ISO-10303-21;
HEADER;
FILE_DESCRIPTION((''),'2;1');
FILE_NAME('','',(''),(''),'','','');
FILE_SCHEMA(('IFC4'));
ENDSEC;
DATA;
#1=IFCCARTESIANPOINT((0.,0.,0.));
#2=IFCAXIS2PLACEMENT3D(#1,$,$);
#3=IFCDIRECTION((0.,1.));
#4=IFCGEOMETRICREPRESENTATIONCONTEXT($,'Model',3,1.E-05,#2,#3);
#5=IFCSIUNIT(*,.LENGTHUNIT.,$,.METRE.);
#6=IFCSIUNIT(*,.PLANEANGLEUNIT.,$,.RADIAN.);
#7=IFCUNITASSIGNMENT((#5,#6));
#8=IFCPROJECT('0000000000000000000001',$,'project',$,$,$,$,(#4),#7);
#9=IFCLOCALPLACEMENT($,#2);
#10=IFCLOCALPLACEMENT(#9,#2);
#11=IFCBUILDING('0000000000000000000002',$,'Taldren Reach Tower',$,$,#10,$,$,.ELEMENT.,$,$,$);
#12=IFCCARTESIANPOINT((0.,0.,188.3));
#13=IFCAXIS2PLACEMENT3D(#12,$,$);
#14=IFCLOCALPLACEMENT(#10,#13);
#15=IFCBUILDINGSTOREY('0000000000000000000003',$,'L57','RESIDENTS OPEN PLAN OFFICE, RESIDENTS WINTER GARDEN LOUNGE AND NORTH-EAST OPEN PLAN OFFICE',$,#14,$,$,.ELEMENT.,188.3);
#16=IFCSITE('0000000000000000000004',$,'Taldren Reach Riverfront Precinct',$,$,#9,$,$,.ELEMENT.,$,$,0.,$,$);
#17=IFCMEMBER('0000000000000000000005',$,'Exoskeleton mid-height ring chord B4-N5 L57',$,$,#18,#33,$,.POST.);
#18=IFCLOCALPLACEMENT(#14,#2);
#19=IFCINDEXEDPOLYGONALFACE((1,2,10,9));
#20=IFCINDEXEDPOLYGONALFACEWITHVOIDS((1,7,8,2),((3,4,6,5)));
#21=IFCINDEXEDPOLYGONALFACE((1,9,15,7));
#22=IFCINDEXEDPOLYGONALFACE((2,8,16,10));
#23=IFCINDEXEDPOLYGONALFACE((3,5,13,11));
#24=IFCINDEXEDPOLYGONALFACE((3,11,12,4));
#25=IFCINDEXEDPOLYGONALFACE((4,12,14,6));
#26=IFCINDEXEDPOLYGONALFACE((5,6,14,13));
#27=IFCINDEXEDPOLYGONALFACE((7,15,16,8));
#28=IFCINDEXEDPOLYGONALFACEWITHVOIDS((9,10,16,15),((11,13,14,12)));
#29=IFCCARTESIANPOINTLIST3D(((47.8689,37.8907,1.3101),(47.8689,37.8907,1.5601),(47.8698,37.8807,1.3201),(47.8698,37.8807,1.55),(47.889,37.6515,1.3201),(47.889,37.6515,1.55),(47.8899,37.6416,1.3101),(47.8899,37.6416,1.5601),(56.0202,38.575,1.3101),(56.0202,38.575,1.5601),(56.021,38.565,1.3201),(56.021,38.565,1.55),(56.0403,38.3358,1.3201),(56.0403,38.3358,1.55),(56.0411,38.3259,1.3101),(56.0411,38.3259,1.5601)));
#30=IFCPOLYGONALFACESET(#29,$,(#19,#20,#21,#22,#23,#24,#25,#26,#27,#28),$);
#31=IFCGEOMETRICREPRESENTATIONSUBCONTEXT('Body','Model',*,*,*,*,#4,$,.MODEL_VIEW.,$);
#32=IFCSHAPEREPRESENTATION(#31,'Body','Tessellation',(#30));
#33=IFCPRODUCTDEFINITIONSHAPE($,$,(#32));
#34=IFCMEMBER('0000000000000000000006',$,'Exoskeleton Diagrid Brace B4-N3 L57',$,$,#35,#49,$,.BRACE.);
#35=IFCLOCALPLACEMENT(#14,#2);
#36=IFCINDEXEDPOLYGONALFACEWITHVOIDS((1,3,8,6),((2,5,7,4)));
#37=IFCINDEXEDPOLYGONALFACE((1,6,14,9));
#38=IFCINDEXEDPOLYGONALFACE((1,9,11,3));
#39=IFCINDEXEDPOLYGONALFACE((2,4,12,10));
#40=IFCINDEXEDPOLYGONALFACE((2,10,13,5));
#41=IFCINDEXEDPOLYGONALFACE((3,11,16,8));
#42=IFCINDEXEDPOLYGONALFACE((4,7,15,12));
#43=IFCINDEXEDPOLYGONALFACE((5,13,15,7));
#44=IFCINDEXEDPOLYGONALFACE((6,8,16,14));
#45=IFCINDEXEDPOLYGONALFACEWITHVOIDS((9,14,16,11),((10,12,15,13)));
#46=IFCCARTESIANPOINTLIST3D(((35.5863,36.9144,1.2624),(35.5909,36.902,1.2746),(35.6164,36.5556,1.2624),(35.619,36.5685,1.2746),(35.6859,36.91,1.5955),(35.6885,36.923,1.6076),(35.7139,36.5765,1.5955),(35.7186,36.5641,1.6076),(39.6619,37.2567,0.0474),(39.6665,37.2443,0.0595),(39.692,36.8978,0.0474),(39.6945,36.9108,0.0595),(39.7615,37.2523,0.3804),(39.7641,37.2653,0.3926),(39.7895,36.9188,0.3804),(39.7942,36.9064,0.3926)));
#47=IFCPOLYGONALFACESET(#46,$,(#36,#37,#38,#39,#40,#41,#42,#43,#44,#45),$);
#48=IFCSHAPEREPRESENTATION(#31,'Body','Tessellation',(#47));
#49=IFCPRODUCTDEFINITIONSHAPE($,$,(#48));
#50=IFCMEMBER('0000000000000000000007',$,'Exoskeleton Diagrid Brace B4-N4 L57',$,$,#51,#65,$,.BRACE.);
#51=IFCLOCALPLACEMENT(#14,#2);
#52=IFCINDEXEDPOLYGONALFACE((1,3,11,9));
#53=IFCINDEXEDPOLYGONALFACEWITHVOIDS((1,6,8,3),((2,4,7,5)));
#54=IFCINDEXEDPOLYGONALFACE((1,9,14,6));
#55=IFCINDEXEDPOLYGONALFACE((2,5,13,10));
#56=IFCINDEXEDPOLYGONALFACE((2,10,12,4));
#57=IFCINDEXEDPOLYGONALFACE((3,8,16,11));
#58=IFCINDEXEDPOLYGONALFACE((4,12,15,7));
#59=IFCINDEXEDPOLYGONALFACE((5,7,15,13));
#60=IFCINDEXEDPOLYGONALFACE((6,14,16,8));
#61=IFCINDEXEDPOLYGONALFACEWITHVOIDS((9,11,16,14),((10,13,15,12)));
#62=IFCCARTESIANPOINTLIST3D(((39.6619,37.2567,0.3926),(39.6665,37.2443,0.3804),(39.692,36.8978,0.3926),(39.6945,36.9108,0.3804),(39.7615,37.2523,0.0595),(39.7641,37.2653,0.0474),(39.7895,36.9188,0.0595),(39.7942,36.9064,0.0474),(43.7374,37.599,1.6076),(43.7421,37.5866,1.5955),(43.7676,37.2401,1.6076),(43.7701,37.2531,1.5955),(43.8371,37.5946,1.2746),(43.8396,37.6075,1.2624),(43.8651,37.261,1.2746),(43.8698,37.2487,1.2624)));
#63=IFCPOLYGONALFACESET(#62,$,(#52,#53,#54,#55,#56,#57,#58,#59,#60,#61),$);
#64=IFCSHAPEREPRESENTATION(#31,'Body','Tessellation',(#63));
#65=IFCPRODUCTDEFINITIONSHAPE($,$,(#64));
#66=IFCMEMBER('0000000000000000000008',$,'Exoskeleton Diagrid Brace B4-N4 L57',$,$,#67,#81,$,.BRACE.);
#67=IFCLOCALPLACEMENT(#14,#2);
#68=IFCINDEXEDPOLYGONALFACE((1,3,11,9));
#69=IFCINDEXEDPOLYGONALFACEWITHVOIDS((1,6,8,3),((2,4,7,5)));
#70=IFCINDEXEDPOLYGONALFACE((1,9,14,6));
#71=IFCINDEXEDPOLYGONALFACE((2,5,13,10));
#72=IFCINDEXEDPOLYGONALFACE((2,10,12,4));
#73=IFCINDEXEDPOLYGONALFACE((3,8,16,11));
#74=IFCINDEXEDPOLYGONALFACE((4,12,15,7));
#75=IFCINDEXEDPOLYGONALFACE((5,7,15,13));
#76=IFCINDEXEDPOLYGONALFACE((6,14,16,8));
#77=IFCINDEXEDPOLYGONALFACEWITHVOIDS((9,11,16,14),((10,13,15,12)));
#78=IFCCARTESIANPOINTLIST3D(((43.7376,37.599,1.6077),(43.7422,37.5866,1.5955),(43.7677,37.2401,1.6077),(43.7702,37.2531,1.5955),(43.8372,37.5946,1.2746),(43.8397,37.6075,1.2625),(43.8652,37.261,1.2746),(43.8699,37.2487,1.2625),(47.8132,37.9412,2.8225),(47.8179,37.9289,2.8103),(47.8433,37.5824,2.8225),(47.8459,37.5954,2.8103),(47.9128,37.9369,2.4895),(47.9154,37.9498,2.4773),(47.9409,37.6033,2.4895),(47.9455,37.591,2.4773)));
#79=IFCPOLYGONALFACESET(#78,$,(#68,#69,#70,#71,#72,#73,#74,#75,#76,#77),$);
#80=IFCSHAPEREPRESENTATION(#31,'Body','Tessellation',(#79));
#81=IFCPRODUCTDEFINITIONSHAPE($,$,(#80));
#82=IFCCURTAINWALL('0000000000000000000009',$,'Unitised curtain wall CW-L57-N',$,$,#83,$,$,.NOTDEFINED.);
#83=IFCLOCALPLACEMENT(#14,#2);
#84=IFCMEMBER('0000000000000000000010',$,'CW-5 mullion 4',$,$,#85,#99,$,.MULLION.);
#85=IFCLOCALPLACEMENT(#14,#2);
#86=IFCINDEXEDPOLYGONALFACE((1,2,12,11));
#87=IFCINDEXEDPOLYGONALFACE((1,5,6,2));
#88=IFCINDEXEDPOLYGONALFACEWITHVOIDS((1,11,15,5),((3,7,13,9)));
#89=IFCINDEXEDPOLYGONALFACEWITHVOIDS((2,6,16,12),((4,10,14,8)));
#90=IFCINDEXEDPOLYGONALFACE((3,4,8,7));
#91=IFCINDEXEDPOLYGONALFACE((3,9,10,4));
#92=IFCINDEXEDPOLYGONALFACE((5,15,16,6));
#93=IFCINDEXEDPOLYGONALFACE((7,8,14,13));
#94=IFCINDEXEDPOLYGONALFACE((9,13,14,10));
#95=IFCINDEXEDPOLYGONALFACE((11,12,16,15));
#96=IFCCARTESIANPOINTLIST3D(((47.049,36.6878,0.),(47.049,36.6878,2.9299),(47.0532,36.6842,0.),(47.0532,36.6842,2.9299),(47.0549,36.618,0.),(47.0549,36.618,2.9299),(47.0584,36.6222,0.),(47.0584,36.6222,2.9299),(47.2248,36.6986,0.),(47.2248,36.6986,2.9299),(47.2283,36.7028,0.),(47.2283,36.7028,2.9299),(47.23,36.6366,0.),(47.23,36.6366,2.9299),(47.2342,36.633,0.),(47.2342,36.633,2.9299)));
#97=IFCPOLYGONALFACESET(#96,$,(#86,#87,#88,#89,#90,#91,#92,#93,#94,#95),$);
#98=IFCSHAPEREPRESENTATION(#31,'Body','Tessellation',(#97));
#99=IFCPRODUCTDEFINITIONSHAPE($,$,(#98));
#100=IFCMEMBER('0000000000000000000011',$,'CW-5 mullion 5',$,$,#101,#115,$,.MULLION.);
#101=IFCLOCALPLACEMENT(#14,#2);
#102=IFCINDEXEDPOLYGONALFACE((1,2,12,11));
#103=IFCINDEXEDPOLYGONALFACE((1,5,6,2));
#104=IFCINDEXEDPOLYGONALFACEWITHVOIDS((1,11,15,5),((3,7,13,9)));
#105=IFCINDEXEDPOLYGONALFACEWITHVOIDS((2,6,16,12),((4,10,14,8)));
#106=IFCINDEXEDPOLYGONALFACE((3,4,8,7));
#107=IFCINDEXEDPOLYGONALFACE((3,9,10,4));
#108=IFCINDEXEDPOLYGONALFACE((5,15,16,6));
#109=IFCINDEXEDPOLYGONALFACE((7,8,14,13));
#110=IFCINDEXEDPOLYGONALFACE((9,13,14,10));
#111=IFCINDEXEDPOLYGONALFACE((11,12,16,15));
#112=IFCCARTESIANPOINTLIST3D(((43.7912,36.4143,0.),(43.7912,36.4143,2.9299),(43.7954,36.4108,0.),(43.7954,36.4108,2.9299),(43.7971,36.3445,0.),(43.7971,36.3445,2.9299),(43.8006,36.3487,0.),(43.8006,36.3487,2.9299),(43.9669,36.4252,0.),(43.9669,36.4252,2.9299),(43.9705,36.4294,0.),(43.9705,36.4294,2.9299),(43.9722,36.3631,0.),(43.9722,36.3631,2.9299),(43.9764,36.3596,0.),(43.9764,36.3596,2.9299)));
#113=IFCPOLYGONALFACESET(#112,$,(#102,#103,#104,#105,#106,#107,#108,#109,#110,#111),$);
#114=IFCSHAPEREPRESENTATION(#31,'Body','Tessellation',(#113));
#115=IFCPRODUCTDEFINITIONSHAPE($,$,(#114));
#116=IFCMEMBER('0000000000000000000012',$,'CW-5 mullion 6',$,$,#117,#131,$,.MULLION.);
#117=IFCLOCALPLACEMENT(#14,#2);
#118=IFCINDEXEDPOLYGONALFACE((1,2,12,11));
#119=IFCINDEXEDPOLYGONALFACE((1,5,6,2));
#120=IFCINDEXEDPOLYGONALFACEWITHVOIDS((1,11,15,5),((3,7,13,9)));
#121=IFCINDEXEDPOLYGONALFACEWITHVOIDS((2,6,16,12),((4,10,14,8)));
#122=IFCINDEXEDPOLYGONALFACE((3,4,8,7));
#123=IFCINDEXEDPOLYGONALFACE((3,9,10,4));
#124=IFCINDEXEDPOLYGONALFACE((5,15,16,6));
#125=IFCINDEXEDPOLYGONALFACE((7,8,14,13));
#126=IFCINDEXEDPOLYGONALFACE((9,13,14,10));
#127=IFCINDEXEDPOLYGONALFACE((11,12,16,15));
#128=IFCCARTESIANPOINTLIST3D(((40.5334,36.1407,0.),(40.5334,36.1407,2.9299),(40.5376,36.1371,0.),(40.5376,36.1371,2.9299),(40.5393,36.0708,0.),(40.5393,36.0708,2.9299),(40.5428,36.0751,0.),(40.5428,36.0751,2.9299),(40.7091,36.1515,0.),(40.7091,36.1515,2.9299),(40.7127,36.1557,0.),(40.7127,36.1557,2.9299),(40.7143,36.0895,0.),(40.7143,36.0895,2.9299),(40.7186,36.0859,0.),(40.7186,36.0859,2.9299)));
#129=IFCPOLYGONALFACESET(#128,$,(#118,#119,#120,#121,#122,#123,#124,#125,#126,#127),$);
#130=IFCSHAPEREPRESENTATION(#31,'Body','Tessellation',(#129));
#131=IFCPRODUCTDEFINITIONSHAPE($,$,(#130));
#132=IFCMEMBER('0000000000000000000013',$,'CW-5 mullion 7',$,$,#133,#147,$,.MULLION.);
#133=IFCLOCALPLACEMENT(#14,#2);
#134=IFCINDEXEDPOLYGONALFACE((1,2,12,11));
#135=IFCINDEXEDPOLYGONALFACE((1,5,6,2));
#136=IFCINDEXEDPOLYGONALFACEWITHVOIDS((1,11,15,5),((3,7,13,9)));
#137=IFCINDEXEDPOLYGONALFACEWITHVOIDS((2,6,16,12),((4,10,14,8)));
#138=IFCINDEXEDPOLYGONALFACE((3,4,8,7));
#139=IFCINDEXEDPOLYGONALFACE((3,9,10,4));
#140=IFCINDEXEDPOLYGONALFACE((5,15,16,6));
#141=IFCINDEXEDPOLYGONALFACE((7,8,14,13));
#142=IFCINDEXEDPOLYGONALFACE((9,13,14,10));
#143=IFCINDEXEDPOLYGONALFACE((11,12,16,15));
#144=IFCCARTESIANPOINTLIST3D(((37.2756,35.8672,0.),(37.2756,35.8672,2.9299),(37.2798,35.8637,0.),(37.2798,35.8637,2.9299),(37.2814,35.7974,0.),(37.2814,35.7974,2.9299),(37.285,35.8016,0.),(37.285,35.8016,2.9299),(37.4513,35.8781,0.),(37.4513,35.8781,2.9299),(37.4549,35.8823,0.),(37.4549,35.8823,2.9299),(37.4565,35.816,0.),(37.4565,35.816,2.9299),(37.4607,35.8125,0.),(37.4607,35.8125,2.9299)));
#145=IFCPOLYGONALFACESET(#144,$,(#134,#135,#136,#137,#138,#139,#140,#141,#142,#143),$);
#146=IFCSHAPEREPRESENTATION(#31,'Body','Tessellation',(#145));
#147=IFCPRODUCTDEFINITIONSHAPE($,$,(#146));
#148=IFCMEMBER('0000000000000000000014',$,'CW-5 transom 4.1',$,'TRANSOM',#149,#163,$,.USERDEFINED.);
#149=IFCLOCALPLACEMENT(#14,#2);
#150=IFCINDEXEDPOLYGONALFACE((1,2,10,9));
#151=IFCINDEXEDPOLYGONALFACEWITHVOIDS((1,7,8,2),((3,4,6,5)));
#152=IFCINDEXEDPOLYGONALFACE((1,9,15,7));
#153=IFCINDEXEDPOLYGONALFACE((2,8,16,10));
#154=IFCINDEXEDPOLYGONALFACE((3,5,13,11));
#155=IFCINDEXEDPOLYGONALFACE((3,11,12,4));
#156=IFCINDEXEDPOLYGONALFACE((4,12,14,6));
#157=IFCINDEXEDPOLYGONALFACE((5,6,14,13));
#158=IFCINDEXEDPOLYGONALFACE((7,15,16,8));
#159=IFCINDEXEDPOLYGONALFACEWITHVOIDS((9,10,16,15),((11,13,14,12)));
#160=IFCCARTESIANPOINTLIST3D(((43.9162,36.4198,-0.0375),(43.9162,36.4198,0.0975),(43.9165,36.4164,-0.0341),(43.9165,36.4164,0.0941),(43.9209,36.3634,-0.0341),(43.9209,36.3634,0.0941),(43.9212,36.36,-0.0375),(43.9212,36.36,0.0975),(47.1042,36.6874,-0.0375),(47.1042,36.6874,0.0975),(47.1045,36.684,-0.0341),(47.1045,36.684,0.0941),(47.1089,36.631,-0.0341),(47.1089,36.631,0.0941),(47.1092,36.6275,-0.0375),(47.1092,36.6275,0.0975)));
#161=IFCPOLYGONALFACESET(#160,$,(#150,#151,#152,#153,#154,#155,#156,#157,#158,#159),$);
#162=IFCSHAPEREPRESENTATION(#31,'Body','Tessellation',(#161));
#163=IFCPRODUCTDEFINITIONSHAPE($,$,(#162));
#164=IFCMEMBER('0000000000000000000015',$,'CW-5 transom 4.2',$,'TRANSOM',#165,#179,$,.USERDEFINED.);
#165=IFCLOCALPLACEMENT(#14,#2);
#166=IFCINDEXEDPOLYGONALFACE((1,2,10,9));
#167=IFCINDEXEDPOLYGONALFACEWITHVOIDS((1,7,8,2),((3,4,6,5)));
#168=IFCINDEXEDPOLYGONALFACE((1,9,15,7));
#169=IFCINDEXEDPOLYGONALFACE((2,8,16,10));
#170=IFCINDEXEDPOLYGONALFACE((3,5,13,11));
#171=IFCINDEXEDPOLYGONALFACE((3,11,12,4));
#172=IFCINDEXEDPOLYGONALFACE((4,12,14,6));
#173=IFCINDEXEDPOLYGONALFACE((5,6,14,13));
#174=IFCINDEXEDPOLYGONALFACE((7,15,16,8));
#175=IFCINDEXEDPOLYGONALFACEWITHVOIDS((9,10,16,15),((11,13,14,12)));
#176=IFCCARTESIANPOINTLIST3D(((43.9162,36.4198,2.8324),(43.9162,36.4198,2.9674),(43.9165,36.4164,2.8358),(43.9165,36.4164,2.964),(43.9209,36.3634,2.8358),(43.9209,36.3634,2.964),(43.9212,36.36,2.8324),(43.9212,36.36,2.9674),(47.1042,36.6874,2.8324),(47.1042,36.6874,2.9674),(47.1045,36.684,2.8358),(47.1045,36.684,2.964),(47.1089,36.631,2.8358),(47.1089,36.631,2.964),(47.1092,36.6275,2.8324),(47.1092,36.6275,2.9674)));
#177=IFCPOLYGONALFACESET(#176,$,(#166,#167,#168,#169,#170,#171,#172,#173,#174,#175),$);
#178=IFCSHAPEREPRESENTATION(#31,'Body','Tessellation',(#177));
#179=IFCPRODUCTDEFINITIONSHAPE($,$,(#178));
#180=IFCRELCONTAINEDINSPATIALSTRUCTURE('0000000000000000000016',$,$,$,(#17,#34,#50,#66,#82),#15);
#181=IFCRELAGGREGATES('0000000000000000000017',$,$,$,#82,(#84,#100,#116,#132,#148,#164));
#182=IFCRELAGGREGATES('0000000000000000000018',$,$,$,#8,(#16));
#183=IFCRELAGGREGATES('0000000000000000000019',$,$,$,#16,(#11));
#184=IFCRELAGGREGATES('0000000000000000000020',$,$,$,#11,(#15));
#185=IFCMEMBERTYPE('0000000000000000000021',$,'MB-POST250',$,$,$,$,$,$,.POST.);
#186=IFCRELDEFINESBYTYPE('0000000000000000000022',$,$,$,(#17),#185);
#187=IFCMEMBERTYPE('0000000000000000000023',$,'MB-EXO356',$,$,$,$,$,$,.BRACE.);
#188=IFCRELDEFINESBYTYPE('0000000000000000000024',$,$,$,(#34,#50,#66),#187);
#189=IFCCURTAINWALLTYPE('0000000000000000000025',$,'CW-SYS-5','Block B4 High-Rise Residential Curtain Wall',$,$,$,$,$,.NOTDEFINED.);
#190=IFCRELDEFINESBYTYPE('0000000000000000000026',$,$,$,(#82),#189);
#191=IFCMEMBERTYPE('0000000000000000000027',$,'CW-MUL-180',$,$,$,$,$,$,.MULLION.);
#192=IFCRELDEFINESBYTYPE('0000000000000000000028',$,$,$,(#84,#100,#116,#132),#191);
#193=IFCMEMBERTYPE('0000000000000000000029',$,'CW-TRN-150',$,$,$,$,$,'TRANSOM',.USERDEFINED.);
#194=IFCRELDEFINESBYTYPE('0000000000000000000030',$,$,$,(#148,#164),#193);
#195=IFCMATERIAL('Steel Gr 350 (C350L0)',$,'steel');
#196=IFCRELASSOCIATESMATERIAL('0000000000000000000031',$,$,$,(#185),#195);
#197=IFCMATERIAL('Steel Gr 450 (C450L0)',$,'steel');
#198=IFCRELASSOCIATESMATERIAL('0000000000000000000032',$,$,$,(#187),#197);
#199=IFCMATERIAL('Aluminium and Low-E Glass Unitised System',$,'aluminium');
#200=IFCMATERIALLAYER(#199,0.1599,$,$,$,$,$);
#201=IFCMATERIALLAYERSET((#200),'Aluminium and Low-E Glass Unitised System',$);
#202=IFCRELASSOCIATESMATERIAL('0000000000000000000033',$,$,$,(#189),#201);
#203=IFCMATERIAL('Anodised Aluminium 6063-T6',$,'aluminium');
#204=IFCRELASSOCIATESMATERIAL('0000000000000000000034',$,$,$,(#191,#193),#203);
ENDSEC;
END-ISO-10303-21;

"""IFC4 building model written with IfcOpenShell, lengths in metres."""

from ifc_helpers import new_model, si_unit, direction, frame, origin, origin_2d, place, context, subcontext, project, spatial, hollow_rectangle, extrude, source, transform, mapped, material, layer, layer_set, material_profile, profile_set, type_object, element, aggregate, save


model = new_model("IFC4")

# Units and contexts
model_context = context("Model", 3, precision=1e-05, world=origin(), true_north=direction((0.0, 1.0)))
body_context = subcontext(model_context, "Body", "Model", "MODEL_VIEW")
ifc_project = project(units=[si_unit("LENGTHUNIT", "METRE"), si_unit("PLANEANGLEUNIT", "RADIAN")], contexts=[model_context])

# Site, building, storey
site_placement = place(None, origin())
site = spatial("IfcSite", under=ifc_project, at=site_placement, Name="Taldren Reach Riverfront Precinct", CompositionType="ELEMENT", RefElevation=0.0)
building_placement = place(site_placement, origin())
building = spatial("IfcBuilding", under=site, at=building_placement, Name="Taldren Reach Tower", CompositionType="ELEMENT")
storey_placement = place(building_placement, frame((0.0, 0.0, 188.3)))
storey = spatial("IfcBuildingStorey", under=building, at=storey_placement, Name="L57", Description="RESIDENTS OPEN PLAN OFFICE, RESIDENTS WINTER GARDEN LOUNGE AND NORTH-EAST OPEN PLAN OFFICE", CompositionType="ELEMENT", Elevation=188.3)

# Shared definitions
ifc_material_1 = material(Name="Steel Gr 350 (C350L0)", Category="steel")
ifc_material_profile_1 = material_profile(ifc_material_1, hollow_rectangle(XDim=0.25, YDim=0.25, WallThickness=0.01, at=origin_2d()), Name="250x250x10.0SHS")
ifc_profile_set_1 = profile_set([ifc_material_profile_1], Name="Steel Gr 350 (C350L0)")
member_type_1 = type_object("IfcMemberType", Name="MB-POST250", PredefinedType="POST", material=ifc_profile_set_1)

# Members
ifc_material_2 = material(Name="Steel Gr 450 (C450L0)", Category="steel")
shared_shape_1 = source(origin(), body_context, "Body", "SweptSolid", [
    extrude(hollow_rectangle(XDim=0.25, YDim=0.25, WallThickness=0.01, at=origin_2d()), origin(), (0.0, 0.0, 1.0), 8.1799),
])
member_1_placement = place(storey_placement, frame((47.8794, 37.7661, 1.4351), z_axis=(0.996495, 0.083658, 0.0), x_axis=(-0.083658, 0.996495, 0.0)))
element("IfcMember", 1, at=member_1_placement, inside=storey, type_object=member_type_1, Name="Exoskeleton mid-height ring chord B4-N5 L57", PredefinedType="POST", context=body_context, shape_type="MappedRepresentation", body=[
    mapped(shared_shape_1, transform((0.0, 0.0, 0.0), scale=1.0)),
])
ifc_material_profile_2 = material_profile(ifc_material_2, hollow_rectangle(XDim=0.3601, YDim=0.3601, WallThickness=0.0127, at=origin_2d()), Name="360x360x12.7SHS")
ifc_profile_set_2 = profile_set([ifc_material_profile_2], Name="Steel Gr 450 (C450L0)")
member_type_2 = type_object("IfcMemberType", Name="MB-EXO356", PredefinedType="BRACE", material=ifc_profile_set_2)
shared_shape_2 = source(origin(), body_context, "Body", "SweptSolid", [
    extrude(hollow_rectangle(XDim=0.3601, YDim=0.3601, WallThickness=0.0127, at=origin_2d()), origin(), (0.0, 0.0, 1.0), 4.2666),
])
for number, where, z_axis, x_axis, name in (
    (2, (39.728, 37.0815, 0.22), (-0.955229, -0.080222, 0.284783), (0.083688, -0.996492, 0.0), "Exoskeleton Diagrid Brace B4-N3 L57"),
    (3, (39.728, 37.0815, 0.22), (0.955229, 0.080222, 0.284783), (-0.083688, 0.996492, 0.0), "Exoskeleton Diagrid Brace B4-N4 L57"),
    (4, (43.8037, 37.4238, 1.4351), (0.955245, 0.080224, 0.284731), (-0.083688, 0.996492, 0.0), "Exoskeleton Diagrid Brace B4-N4 L57"),
):
    element("IfcMember", number, at=place(storey_placement, frame(where, z_axis=z_axis, x_axis=x_axis)), inside=storey, type_object=member_type_2, Name=name, PredefinedType="BRACE", context=body_context, shape_type="MappedRepresentation", body=[
        mapped(shared_shape_2, transform((0.0, 0.0, 0.0), scale=1.0)),
    ])

# Curtain wall, members
ifc_material_3 = material(Name="Aluminium and Low-E Glass Unitised System", Category="aluminium")
ifc_layer_1 = layer(ifc_material_3, 0.1599)
ifc_layer_set_1 = layer_set([ifc_layer_1], Name="Aluminium and Low-E Glass Unitised System")
curtain_wall_type = type_object("IfcCurtainWallType", Name="CW-SYS-5", Description="Block B4 High-Rise Residential Curtain Wall", PredefinedType="NOTDEFINED", material=ifc_layer_set_1)
curtain_wall_placement = place(storey_placement, origin())
curtain_wall = element("IfcCurtainWall", 5, at=curtain_wall_placement, inside=storey, type_object=curtain_wall_type, Name="Unitised curtain wall CW-L57-N", PredefinedType="NOTDEFINED")
ifc_material_4 = material(Name="Anodised Aluminium 6063-T6", Category="aluminium")
ifc_material_profile_3 = material_profile(ifc_material_4, hollow_rectangle(XDim=0.0701, YDim=0.1799, WallThickness=0.0039, at=origin_2d()), Name="ALU-180x70x4RHS")
ifc_profile_set_3 = profile_set([ifc_material_profile_3], Name="Anodised Aluminium 6063-T6")
member_type_3 = type_object("IfcMemberType", Name="CW-MUL-180", PredefinedType="MULLION", material=ifc_profile_set_3)
shared_shape_3 = source(origin(), body_context, "Body", "SweptSolid", [
    extrude(hollow_rectangle(XDim=0.0701, YDim=0.1799, WallThickness=0.0039, at=origin_2d()), origin(), (0.0, 0.0, 1.0), 2.9299),
])
member_2_placement = place(storey_placement, frame((47.1416, 36.6604, 0.0), z_axis=(0.0, 0.0, 1.0), x_axis=(0.083678, -0.996493, 0.0)))
member_2 = element("IfcMember", 6, at=member_2_placement, type_object=member_type_3, Name="CW-5 mullion 4", PredefinedType="MULLION", context=body_context, shape_type="MappedRepresentation", body=[
    mapped(shared_shape_3, transform((0.0, 0.0, 0.0), scale=1.0)),
])
member_3_placement = place(storey_placement, frame((43.8838, 36.387, 0.0), z_axis=(0.0, 0.0, 1.0), x_axis=(0.083678, -0.996493, 0.0)))
member_3 = element("IfcMember", 7, at=member_3_placement, type_object=member_type_3, Name="CW-5 mullion 5", PredefinedType="MULLION", context=body_context, shape_type="MappedRepresentation", body=[
    mapped(shared_shape_3, transform((0.0, 0.0, 0.0), scale=1.0)),
])
member_4_placement = place(storey_placement, frame((40.626, 36.1133, 0.0), z_axis=(0.0, 0.0, 1.0), x_axis=(0.083678, -0.996493, 0.0)))
member_4 = element("IfcMember", 8, at=member_4_placement, type_object=member_type_3, Name="CW-5 mullion 6", PredefinedType="MULLION", context=body_context, shape_type="MappedRepresentation", body=[
    mapped(shared_shape_3, transform((0.0, 0.0, 0.0), scale=1.0)),
])
member_5_placement = place(storey_placement, frame((37.3682, 35.8398, 0.0), z_axis=(0.0, 0.0, 1.0), x_axis=(0.083678, -0.996493, 0.0)))
member_5 = element("IfcMember", 9, at=member_5_placement, type_object=member_type_3, Name="CW-5 mullion 7", PredefinedType="MULLION", context=body_context, shape_type="MappedRepresentation", body=[
    mapped(shared_shape_3, transform((0.0, 0.0, 0.0), scale=1.0)),
])
ifc_material_profile_4 = material_profile(ifc_material_4, hollow_rectangle(XDim=0.0601, YDim=0.135, WallThickness=0.0034, at=origin_2d()), Name="ALU-135x60x3.5RHS")
ifc_profile_set_4 = profile_set([ifc_material_profile_4], Name="Anodised Aluminium 6063-T6")
member_type_4 = type_object("IfcMemberType", Name="CW-TRN-150", ElementType="TRANSOM", PredefinedType="USERDEFINED", material=ifc_profile_set_4)
shared_shape_4 = source(origin(), body_context, "Body", "SweptSolid", [
    extrude(hollow_rectangle(XDim=0.0601, YDim=0.135, WallThickness=0.0034, at=origin_2d()), origin(), (0.0, 0.0, 1.0), 3.1992),
])
member_6_placement = place(storey_placement, frame((47.1067, 36.6575, 0.03), z_axis=(-0.996496, -0.083639, 0.0), x_axis=(0.083639, -0.996496, 0.0)))
member_6 = element("IfcMember", 10, at=member_6_placement, type_object=member_type_4, Name="CW-5 transom 4.1", ObjectType="TRANSOM", PredefinedType="USERDEFINED", context=body_context, shape_type="MappedRepresentation", body=[
    mapped(shared_shape_4, transform((0.0, 0.0, 0.0), scale=1.0)),
])
member_7_placement = place(storey_placement, frame((47.1067, 36.6575, 2.8999), z_axis=(-0.996496, -0.083639, 0.0), x_axis=(0.083639, -0.996496, 0.0)))
member_7 = element("IfcMember", 11, at=member_7_placement, type_object=member_type_4, Name="CW-5 transom 4.2", ObjectType="TRANSOM", PredefinedType="USERDEFINED", context=body_context, shape_type="MappedRepresentation", body=[
    mapped(shared_shape_4, transform((0.0, 0.0, 0.0), scale=1.0)),
])

aggregate(curtain_wall, [member_2, member_3, member_4, member_5, member_6, member_7])

save(model, "model.ifc")
